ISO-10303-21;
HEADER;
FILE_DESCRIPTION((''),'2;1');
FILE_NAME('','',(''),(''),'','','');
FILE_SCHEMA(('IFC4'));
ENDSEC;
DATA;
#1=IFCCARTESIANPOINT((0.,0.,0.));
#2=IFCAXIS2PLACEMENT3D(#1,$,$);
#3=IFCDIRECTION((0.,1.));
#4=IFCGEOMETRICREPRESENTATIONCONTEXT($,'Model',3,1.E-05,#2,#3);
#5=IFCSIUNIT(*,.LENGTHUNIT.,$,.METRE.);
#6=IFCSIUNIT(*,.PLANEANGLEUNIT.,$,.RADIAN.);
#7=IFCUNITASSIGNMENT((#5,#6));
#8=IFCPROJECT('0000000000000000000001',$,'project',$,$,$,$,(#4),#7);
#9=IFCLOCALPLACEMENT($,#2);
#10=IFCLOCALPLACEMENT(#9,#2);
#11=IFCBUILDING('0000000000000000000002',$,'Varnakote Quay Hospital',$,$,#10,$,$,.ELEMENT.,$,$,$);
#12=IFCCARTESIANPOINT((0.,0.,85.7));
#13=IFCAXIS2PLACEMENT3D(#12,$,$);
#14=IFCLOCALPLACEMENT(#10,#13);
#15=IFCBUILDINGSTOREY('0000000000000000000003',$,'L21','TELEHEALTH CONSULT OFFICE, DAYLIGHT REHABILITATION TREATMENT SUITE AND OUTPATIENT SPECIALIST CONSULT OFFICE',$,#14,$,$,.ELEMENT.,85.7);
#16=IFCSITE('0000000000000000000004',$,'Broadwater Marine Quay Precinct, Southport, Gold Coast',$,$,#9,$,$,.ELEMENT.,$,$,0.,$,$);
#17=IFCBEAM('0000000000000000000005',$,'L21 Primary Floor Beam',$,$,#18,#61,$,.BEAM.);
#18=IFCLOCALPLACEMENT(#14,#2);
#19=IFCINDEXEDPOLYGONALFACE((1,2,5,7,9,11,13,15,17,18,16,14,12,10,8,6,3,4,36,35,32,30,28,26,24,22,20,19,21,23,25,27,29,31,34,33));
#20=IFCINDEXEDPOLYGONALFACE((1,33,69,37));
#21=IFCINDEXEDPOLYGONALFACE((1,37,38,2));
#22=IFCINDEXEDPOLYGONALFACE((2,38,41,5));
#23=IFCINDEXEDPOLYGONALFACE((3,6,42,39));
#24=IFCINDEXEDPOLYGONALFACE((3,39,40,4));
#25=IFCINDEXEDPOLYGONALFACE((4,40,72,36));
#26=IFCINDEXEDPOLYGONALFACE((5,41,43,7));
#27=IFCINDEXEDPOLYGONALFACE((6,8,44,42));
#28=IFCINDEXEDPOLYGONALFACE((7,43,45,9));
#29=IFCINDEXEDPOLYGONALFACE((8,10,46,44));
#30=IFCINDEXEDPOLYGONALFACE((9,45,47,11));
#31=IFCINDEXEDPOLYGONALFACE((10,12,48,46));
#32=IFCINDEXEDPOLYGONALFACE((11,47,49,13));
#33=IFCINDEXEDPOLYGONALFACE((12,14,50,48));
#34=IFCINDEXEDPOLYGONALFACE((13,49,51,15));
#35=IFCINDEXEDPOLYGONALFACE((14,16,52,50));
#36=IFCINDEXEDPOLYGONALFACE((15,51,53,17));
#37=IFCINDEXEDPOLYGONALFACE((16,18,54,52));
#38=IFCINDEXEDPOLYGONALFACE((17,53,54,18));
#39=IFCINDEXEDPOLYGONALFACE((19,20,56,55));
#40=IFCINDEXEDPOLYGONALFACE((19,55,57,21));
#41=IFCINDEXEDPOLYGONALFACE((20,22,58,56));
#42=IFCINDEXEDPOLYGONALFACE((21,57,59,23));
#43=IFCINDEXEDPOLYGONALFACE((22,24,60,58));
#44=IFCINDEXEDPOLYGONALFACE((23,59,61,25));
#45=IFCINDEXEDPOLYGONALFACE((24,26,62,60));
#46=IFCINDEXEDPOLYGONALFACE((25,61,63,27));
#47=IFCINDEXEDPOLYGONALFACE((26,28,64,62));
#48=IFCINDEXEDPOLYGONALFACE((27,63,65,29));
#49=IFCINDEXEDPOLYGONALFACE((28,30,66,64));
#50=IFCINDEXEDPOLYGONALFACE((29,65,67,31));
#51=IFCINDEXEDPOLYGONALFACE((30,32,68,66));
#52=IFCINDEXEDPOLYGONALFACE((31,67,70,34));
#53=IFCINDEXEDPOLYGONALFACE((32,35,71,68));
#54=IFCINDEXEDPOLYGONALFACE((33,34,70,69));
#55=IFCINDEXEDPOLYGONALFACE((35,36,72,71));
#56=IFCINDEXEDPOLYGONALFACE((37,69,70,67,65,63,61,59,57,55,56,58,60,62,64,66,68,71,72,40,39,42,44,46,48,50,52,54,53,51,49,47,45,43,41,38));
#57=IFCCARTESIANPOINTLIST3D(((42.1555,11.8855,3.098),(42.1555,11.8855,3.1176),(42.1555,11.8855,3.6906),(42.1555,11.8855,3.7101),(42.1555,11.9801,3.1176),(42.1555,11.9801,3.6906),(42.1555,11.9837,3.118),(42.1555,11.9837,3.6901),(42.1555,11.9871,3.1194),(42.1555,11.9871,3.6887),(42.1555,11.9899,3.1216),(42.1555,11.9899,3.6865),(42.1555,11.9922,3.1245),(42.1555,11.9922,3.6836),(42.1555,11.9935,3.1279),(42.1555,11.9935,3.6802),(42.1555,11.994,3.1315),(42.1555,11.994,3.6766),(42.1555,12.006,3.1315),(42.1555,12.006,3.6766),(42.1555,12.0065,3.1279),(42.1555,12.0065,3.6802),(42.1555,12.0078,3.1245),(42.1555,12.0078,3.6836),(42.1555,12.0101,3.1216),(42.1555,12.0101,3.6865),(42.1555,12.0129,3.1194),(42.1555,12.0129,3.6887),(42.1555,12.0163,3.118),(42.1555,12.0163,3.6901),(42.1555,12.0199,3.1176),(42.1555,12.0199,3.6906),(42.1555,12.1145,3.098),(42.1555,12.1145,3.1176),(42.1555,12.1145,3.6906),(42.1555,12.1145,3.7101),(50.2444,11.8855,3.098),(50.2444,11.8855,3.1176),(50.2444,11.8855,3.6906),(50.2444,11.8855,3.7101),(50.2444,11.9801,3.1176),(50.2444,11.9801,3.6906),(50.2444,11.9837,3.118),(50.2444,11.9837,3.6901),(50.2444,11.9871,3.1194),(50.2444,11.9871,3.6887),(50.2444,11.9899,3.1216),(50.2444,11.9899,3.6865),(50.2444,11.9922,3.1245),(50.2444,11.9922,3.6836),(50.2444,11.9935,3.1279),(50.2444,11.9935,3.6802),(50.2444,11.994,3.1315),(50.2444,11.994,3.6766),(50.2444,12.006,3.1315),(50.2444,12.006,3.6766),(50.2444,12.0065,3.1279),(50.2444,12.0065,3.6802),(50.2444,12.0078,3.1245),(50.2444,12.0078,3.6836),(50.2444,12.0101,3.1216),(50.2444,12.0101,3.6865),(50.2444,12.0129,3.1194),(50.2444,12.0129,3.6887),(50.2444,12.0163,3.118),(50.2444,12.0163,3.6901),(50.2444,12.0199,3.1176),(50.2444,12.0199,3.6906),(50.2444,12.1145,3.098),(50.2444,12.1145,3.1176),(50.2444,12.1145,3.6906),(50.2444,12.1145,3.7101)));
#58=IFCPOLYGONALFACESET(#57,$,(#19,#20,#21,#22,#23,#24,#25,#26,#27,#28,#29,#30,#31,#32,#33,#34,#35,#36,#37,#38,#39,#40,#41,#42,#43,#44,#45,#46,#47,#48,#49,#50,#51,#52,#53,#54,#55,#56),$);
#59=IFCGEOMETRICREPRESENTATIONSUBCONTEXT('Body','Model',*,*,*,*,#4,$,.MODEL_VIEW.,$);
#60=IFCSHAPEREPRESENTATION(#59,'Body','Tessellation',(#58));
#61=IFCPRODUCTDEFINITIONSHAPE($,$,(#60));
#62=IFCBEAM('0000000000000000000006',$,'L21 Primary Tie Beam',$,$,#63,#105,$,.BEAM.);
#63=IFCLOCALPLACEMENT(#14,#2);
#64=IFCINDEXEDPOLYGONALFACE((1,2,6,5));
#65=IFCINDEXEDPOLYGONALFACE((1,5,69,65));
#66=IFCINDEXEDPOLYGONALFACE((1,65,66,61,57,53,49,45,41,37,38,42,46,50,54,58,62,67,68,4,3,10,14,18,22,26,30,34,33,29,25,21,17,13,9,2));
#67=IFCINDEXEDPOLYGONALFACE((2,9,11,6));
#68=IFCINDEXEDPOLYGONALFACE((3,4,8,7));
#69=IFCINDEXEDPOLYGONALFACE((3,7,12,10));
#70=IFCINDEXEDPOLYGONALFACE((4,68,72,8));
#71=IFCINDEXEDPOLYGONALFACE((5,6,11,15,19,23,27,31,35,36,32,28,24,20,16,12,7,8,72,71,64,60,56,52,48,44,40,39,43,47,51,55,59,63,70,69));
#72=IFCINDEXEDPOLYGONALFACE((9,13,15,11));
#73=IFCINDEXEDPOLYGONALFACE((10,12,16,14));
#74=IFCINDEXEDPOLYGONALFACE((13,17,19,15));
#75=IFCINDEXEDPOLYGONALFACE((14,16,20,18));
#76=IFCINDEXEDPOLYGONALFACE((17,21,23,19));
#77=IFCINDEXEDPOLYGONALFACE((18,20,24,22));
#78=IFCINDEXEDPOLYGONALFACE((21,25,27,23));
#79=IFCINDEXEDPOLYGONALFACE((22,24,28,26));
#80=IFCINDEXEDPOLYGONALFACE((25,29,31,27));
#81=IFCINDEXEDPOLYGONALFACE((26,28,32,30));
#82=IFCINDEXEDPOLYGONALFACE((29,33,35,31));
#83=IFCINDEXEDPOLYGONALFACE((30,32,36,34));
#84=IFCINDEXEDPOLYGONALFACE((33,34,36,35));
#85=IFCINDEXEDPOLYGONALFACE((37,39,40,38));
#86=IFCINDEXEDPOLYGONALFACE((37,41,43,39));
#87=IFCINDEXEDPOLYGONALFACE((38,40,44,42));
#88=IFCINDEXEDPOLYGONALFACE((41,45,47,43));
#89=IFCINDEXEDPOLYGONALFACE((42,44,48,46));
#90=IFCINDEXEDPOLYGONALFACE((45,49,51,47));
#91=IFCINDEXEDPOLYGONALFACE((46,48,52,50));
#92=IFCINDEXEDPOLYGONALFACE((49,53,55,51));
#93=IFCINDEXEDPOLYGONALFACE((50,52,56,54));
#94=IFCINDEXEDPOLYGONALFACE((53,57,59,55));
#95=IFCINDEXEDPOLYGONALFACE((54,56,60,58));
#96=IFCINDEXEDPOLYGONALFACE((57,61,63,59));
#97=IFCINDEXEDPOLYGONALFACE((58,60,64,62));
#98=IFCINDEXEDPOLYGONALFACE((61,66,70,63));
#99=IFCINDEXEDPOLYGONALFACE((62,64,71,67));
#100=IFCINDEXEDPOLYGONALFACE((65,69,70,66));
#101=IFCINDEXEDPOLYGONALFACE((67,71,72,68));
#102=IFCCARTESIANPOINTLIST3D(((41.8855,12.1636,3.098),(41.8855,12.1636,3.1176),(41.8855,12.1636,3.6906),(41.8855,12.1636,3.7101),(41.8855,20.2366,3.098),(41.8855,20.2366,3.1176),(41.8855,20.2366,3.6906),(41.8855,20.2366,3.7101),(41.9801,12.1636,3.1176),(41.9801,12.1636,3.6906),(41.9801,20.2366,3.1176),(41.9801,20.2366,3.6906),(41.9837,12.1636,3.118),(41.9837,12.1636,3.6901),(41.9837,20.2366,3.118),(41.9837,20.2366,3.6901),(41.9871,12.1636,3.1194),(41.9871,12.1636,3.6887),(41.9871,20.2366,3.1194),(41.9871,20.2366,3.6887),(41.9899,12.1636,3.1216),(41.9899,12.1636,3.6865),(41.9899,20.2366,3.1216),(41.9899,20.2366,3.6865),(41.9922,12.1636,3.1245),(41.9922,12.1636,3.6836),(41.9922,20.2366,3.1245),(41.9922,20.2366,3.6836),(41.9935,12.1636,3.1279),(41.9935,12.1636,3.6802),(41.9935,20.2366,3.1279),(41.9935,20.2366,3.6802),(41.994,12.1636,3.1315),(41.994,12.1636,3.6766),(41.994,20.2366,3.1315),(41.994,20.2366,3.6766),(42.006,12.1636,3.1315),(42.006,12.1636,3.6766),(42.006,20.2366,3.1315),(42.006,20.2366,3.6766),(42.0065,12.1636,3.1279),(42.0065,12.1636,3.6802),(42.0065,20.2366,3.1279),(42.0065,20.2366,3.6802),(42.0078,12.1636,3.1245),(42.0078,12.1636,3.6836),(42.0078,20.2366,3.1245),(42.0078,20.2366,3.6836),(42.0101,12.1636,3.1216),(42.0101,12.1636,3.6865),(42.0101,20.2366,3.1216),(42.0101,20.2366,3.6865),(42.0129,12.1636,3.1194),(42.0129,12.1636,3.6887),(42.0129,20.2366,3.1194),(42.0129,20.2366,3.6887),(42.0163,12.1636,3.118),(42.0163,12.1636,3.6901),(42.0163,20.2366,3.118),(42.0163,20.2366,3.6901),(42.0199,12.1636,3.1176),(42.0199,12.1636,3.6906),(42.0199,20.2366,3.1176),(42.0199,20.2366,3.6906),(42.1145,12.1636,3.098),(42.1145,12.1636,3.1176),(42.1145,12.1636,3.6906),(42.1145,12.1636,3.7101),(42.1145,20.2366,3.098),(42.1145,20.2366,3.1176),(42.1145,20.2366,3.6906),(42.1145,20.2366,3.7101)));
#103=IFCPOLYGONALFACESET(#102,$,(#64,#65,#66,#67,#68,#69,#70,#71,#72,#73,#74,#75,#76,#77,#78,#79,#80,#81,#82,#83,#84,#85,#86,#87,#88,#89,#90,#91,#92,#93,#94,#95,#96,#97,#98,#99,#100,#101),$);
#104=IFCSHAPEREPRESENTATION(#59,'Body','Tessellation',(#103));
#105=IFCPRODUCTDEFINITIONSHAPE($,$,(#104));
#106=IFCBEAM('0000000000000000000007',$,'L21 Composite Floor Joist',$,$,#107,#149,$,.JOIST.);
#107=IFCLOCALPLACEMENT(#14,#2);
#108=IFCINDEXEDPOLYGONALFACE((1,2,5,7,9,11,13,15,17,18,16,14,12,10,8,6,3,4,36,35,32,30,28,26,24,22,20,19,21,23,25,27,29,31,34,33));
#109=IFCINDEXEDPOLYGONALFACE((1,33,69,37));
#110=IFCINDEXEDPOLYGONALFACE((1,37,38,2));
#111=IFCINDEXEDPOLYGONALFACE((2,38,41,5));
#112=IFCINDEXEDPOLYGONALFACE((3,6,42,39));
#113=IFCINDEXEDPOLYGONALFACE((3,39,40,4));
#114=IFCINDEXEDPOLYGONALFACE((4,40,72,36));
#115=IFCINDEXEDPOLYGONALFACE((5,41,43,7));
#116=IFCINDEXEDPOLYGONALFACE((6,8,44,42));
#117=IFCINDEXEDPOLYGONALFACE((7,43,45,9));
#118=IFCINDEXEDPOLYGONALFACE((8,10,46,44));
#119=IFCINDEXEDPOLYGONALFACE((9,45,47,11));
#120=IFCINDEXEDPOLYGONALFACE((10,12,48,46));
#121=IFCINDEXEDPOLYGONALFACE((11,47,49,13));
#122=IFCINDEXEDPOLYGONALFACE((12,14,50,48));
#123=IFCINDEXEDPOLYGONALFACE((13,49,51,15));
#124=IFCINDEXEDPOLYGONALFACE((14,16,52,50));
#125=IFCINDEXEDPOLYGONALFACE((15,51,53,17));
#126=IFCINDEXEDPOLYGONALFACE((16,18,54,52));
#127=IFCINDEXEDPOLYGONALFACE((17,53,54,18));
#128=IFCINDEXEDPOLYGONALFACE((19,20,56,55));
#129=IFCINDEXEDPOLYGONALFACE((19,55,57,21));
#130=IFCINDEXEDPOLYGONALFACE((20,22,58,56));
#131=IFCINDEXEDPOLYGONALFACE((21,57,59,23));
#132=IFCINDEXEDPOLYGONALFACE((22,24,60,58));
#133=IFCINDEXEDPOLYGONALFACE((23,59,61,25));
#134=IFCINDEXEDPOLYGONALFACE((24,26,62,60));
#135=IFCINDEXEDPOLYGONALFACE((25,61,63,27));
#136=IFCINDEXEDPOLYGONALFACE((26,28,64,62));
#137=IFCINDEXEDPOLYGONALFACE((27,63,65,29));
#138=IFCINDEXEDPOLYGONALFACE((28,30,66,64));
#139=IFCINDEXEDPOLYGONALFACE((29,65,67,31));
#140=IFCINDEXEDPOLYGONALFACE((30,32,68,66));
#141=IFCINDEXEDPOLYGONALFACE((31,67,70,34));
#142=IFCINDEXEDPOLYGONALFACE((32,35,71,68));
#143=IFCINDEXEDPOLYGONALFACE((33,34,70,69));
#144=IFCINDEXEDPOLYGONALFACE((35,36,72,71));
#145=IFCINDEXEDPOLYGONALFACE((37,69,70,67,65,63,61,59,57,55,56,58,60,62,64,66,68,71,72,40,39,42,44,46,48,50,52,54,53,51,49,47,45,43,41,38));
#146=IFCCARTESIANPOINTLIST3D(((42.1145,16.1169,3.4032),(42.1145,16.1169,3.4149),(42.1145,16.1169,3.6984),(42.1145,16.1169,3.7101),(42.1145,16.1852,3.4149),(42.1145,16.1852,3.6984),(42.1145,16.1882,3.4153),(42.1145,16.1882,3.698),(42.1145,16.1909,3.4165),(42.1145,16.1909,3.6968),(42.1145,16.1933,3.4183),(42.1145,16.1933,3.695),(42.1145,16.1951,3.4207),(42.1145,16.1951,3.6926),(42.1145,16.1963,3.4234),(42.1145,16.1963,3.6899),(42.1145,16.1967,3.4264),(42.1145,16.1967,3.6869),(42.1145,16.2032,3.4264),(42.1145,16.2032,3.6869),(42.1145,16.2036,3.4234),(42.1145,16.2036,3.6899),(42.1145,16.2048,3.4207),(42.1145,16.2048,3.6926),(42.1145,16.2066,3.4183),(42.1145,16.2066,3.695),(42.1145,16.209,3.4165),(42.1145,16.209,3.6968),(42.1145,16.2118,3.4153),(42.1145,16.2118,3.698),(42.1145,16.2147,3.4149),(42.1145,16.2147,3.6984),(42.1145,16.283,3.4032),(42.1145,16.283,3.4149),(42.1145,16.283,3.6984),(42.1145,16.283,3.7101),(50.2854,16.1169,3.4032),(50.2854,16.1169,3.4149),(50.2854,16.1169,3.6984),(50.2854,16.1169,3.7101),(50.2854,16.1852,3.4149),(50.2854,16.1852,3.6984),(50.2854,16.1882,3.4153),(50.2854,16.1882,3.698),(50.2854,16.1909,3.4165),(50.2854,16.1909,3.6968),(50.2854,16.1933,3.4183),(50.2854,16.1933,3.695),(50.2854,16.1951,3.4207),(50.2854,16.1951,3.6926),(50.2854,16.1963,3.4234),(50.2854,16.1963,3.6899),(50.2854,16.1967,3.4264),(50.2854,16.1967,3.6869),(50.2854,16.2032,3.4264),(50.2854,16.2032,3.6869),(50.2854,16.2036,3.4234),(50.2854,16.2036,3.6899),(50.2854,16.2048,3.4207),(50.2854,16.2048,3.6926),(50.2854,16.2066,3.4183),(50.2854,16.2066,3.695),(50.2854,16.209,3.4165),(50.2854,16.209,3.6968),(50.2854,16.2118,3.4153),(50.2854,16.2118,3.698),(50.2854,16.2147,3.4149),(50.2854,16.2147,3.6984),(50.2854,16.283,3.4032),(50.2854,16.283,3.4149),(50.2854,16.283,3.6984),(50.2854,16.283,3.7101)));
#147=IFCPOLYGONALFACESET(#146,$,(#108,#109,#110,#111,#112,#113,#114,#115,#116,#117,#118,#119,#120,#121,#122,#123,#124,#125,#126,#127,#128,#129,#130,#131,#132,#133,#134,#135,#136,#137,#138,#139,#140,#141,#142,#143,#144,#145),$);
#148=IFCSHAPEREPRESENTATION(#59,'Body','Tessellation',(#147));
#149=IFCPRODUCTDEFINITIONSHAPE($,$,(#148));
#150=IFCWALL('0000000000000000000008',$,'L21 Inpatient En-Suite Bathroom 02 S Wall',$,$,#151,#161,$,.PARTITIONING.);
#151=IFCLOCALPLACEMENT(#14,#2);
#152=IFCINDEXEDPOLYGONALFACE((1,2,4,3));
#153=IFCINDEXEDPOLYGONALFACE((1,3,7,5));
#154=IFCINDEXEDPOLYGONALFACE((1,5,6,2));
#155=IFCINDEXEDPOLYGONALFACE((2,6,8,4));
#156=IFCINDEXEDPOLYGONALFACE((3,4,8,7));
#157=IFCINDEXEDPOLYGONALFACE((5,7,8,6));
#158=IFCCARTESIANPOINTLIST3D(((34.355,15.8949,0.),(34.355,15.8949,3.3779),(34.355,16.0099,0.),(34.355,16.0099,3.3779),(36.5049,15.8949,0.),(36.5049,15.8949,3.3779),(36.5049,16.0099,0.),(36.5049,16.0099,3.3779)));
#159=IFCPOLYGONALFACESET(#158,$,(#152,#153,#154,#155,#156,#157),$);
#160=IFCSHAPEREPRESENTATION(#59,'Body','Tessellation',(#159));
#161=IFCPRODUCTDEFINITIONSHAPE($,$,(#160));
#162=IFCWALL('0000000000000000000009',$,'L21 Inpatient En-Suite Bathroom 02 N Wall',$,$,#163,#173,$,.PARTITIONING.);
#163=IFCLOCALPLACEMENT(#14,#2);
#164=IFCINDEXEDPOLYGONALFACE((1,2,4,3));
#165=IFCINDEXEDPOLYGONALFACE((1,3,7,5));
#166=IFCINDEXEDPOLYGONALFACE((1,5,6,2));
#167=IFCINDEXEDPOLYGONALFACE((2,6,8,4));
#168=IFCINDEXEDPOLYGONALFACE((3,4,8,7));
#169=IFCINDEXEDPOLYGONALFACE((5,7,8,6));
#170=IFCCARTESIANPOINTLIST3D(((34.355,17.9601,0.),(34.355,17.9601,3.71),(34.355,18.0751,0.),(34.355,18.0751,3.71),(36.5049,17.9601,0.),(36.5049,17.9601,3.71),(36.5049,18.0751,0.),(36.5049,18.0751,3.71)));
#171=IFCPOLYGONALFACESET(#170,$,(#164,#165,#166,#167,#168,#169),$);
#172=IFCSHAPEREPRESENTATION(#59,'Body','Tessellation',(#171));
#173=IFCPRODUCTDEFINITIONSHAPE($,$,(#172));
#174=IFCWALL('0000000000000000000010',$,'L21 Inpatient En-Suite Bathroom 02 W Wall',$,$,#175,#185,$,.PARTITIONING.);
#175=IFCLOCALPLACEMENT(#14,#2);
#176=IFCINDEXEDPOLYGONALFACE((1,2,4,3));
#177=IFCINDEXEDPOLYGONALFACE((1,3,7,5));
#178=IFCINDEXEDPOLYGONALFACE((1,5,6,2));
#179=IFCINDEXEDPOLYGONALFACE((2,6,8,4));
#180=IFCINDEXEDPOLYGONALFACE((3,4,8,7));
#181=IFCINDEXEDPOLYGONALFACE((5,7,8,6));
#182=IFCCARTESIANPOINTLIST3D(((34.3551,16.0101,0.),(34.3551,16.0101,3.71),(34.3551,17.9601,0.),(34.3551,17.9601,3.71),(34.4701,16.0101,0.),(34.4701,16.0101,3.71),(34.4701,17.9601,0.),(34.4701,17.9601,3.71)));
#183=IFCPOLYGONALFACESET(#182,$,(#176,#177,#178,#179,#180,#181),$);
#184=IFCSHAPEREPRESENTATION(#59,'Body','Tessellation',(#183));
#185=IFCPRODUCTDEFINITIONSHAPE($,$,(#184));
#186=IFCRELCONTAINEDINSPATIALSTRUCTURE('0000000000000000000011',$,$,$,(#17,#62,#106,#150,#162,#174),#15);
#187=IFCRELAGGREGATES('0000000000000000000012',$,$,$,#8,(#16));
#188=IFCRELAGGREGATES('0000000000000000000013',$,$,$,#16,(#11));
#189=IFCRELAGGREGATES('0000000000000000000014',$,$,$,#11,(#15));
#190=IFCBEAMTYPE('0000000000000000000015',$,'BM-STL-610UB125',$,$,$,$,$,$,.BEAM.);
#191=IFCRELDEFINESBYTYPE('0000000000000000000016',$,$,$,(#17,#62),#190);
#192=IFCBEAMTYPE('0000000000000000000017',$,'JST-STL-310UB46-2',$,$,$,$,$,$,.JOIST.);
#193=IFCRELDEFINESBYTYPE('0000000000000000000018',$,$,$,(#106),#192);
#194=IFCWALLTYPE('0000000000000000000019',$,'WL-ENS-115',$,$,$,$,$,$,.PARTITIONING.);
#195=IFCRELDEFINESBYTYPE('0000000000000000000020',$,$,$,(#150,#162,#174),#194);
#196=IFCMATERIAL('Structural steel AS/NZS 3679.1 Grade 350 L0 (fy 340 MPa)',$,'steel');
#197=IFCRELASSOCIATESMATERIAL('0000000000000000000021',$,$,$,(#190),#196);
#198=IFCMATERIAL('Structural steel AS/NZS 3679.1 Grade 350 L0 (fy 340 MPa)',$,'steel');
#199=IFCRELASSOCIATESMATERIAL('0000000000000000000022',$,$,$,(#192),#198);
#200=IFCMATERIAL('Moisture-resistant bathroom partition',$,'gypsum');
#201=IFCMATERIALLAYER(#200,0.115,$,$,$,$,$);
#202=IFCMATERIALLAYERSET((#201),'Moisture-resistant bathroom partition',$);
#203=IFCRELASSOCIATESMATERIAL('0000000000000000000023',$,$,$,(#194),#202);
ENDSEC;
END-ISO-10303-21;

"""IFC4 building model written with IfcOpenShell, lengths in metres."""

from ifc_helpers import new_model, si_unit, direction, frame, frame_2d, origin, origin_2d, place, context, subcontext, project, spatial, rectangle, i_section, extrude, material, layer, layer_set, material_profile, profile_set, type_object, element, save


model = new_model("IFC4")

# Units and contexts
model_context = context("Model", 3, precision=1e-05, world=origin(), true_north=direction((0.0, 1.0)))
body_context = subcontext(model_context, "Body", "Model", "MODEL_VIEW")
ifc_project = project(units=[si_unit("LENGTHUNIT", "METRE"), si_unit("PLANEANGLEUNIT", "RADIAN")], contexts=[model_context])

# Site, building, storey
site_placement = place(None, origin())
site = spatial("IfcSite", under=ifc_project, at=site_placement, Name="Broadwater Marine Quay Precinct, Southport, Gold Coast", CompositionType="ELEMENT", RefElevation=0.0)
building_placement = place(site_placement, origin())
building = spatial("IfcBuilding", under=site, at=building_placement, Name="Varnakote Quay Hospital", CompositionType="ELEMENT")
storey_placement = place(building_placement, frame((0.0, 0.0, 85.7)))
storey = spatial("IfcBuildingStorey", under=building, at=storey_placement, Name="L21", Description="TELEHEALTH CONSULT OFFICE, DAYLIGHT REHABILITATION TREATMENT SUITE AND OUTPATIENT SPECIALIST CONSULT OFFICE", CompositionType="ELEMENT", Elevation=85.7)

# Beams
ifc_material_1 = material(Name="Structural steel AS/NZS 3679.1 Grade 350 L0 (fy 340 MPa)", Category="steel")
ifc_material_profile_1 = material_profile(ifc_material_1, i_section(OverallWidth=0.229, OverallDepth=0.6121, WebThickness=0.012, FlangeThickness=0.0195, FilletRadius=0.0139, at=origin_2d()), Name="610UB125")
ifc_profile_set_1 = profile_set([ifc_material_profile_1], Name="Structural steel AS/NZS 3679.1 Grade 350 L0 (fy 340 MPa)")
beam_type_1 = type_object("IfcBeamType", Name="BM-STL-610UB125", PredefinedType="BEAM", material=ifc_profile_set_1)
beam_1_placement = place(storey_placement, frame((42.1555, 12.0, 3.4041), z_axis=(1.0, 0.0, 0.0), x_axis=(0.0, 1.0, 0.0)))
element("IfcBeam", 1, at=beam_1_placement, inside=storey, type_object=beam_type_1, Name="L21 Primary Floor Beam", PredefinedType="BEAM", context=body_context, shape_type="SweptSolid", body=[
    extrude(i_section(OverallWidth=0.229, OverallDepth=0.6121, WebThickness=0.012, FlangeThickness=0.0195, FilletRadius=0.0139, at=origin_2d()), origin(), (0.0, 0.0, 1.0), 8.0889),
])
beam_2_placement = place(storey_placement, frame((42.0, 12.1636, 3.4041), z_axis=(0.0, 1.0, 0.0), x_axis=(-1.0, 0.0, 0.0)))
element("IfcBeam", 2, at=beam_2_placement, inside=storey, type_object=beam_type_1, Name="L21 Primary Tie Beam", PredefinedType="BEAM", context=body_context, shape_type="SweptSolid", body=[
    extrude(i_section(OverallWidth=0.229, OverallDepth=0.6121, WebThickness=0.012, FlangeThickness=0.0195, FilletRadius=0.0139, at=origin_2d()), origin(), (0.0, 0.0, 1.0), 8.073),
])
ifc_material_2 = material(Name="Structural steel AS/NZS 3679.1 Grade 350 L0 (fy 340 MPa)", Category="steel")
ifc_material_profile_2 = material_profile(ifc_material_2, i_section(OverallWidth=0.166, OverallDepth=0.3069, WebThickness=0.0066, FlangeThickness=0.0117, FilletRadius=0.0115, at=origin_2d()), Name="310UB46.2")
ifc_profile_set_2 = profile_set([ifc_material_profile_2], Name="Structural steel AS/NZS 3679.1 Grade 350 L0 (fy 340 MPa)")
beam_type_2 = type_object("IfcBeamType", Name="JST-STL-310UB46-2", PredefinedType="JOIST", material=ifc_profile_set_2)
beam_3_placement = place(storey_placement, frame((42.1145, 16.2, 3.5566), z_axis=(1.0, 0.0, 0.0), x_axis=(0.0, 1.0, 0.0)))
element("IfcBeam", 3, at=beam_3_placement, inside=storey, type_object=beam_type_2, Name="L21 Composite Floor Joist", PredefinedType="JOIST", context=body_context, shape_type="SweptSolid", body=[
    extrude(i_section(OverallWidth=0.166, OverallDepth=0.3069, WebThickness=0.0066, FlangeThickness=0.0117, FilletRadius=0.0115, at=origin_2d()), origin(), (0.0, 0.0, 1.0), 8.1709),
])

# Walls
ifc_material_3 = material(Name="Moisture-resistant bathroom partition", Category="gypsum")
ifc_layer_1 = layer(ifc_material_3, 0.115)
ifc_layer_set_1 = layer_set([ifc_layer_1], Name="Moisture-resistant bathroom partition")
wall_type_1 = type_object("IfcWallType", Name="WL-ENS-115", PredefinedType="PARTITIONING", material=ifc_layer_set_1)
wall_1_placement = place(storey_placement, frame((34.355, 15.9524, 0.0), z_axis=(0.0, 0.0, 1.0), x_axis=(1.0, 0.0, 0.0)))
element("IfcWall", 4, at=wall_1_placement, inside=storey, type_object=wall_type_1, Name="L21 Inpatient En-Suite Bathroom 02 S Wall", PredefinedType="PARTITIONING", context=body_context, shape_type="SweptSolid", body=[
    extrude(rectangle(XDim=2.1499, YDim=0.115, at=frame_2d((1.075, 0.0))), origin(), (0.0, 0.0, 1.0), 3.3779),
])
wall_2_placement = place(storey_placement, frame((34.355, 18.0176, 0.0), z_axis=(0.0, 0.0, 1.0), x_axis=(1.0, 0.0, 0.0)))
element("IfcWall", 5, at=wall_2_placement, inside=storey, type_object=wall_type_1, Name="L21 Inpatient En-Suite Bathroom 02 N Wall", PredefinedType="PARTITIONING", context=body_context, shape_type="SweptSolid", body=[
    extrude(rectangle(XDim=2.1499, YDim=0.115, at=frame_2d((1.075, 0.0))), origin(), (0.0, 0.0, 1.0), 3.71),
])
wall_3_placement = place(storey_placement, frame((34.4126, 16.01, 0.0), z_axis=(0.0, 0.0, 1.0), x_axis=(0.0, 1.0, 0.0)))
element("IfcWall", 6, at=wall_3_placement, inside=storey, type_object=wall_type_1, Name="L21 Inpatient En-Suite Bathroom 02 W Wall", PredefinedType="PARTITIONING", context=body_context, shape_type="SweptSolid", body=[
    extrude(rectangle(XDim=1.95, YDim=0.115, at=frame_2d((0.9751, 0.0))), origin(), (0.0, 0.0, 1.0), 3.71),
])

save(model, "model.ifc")
